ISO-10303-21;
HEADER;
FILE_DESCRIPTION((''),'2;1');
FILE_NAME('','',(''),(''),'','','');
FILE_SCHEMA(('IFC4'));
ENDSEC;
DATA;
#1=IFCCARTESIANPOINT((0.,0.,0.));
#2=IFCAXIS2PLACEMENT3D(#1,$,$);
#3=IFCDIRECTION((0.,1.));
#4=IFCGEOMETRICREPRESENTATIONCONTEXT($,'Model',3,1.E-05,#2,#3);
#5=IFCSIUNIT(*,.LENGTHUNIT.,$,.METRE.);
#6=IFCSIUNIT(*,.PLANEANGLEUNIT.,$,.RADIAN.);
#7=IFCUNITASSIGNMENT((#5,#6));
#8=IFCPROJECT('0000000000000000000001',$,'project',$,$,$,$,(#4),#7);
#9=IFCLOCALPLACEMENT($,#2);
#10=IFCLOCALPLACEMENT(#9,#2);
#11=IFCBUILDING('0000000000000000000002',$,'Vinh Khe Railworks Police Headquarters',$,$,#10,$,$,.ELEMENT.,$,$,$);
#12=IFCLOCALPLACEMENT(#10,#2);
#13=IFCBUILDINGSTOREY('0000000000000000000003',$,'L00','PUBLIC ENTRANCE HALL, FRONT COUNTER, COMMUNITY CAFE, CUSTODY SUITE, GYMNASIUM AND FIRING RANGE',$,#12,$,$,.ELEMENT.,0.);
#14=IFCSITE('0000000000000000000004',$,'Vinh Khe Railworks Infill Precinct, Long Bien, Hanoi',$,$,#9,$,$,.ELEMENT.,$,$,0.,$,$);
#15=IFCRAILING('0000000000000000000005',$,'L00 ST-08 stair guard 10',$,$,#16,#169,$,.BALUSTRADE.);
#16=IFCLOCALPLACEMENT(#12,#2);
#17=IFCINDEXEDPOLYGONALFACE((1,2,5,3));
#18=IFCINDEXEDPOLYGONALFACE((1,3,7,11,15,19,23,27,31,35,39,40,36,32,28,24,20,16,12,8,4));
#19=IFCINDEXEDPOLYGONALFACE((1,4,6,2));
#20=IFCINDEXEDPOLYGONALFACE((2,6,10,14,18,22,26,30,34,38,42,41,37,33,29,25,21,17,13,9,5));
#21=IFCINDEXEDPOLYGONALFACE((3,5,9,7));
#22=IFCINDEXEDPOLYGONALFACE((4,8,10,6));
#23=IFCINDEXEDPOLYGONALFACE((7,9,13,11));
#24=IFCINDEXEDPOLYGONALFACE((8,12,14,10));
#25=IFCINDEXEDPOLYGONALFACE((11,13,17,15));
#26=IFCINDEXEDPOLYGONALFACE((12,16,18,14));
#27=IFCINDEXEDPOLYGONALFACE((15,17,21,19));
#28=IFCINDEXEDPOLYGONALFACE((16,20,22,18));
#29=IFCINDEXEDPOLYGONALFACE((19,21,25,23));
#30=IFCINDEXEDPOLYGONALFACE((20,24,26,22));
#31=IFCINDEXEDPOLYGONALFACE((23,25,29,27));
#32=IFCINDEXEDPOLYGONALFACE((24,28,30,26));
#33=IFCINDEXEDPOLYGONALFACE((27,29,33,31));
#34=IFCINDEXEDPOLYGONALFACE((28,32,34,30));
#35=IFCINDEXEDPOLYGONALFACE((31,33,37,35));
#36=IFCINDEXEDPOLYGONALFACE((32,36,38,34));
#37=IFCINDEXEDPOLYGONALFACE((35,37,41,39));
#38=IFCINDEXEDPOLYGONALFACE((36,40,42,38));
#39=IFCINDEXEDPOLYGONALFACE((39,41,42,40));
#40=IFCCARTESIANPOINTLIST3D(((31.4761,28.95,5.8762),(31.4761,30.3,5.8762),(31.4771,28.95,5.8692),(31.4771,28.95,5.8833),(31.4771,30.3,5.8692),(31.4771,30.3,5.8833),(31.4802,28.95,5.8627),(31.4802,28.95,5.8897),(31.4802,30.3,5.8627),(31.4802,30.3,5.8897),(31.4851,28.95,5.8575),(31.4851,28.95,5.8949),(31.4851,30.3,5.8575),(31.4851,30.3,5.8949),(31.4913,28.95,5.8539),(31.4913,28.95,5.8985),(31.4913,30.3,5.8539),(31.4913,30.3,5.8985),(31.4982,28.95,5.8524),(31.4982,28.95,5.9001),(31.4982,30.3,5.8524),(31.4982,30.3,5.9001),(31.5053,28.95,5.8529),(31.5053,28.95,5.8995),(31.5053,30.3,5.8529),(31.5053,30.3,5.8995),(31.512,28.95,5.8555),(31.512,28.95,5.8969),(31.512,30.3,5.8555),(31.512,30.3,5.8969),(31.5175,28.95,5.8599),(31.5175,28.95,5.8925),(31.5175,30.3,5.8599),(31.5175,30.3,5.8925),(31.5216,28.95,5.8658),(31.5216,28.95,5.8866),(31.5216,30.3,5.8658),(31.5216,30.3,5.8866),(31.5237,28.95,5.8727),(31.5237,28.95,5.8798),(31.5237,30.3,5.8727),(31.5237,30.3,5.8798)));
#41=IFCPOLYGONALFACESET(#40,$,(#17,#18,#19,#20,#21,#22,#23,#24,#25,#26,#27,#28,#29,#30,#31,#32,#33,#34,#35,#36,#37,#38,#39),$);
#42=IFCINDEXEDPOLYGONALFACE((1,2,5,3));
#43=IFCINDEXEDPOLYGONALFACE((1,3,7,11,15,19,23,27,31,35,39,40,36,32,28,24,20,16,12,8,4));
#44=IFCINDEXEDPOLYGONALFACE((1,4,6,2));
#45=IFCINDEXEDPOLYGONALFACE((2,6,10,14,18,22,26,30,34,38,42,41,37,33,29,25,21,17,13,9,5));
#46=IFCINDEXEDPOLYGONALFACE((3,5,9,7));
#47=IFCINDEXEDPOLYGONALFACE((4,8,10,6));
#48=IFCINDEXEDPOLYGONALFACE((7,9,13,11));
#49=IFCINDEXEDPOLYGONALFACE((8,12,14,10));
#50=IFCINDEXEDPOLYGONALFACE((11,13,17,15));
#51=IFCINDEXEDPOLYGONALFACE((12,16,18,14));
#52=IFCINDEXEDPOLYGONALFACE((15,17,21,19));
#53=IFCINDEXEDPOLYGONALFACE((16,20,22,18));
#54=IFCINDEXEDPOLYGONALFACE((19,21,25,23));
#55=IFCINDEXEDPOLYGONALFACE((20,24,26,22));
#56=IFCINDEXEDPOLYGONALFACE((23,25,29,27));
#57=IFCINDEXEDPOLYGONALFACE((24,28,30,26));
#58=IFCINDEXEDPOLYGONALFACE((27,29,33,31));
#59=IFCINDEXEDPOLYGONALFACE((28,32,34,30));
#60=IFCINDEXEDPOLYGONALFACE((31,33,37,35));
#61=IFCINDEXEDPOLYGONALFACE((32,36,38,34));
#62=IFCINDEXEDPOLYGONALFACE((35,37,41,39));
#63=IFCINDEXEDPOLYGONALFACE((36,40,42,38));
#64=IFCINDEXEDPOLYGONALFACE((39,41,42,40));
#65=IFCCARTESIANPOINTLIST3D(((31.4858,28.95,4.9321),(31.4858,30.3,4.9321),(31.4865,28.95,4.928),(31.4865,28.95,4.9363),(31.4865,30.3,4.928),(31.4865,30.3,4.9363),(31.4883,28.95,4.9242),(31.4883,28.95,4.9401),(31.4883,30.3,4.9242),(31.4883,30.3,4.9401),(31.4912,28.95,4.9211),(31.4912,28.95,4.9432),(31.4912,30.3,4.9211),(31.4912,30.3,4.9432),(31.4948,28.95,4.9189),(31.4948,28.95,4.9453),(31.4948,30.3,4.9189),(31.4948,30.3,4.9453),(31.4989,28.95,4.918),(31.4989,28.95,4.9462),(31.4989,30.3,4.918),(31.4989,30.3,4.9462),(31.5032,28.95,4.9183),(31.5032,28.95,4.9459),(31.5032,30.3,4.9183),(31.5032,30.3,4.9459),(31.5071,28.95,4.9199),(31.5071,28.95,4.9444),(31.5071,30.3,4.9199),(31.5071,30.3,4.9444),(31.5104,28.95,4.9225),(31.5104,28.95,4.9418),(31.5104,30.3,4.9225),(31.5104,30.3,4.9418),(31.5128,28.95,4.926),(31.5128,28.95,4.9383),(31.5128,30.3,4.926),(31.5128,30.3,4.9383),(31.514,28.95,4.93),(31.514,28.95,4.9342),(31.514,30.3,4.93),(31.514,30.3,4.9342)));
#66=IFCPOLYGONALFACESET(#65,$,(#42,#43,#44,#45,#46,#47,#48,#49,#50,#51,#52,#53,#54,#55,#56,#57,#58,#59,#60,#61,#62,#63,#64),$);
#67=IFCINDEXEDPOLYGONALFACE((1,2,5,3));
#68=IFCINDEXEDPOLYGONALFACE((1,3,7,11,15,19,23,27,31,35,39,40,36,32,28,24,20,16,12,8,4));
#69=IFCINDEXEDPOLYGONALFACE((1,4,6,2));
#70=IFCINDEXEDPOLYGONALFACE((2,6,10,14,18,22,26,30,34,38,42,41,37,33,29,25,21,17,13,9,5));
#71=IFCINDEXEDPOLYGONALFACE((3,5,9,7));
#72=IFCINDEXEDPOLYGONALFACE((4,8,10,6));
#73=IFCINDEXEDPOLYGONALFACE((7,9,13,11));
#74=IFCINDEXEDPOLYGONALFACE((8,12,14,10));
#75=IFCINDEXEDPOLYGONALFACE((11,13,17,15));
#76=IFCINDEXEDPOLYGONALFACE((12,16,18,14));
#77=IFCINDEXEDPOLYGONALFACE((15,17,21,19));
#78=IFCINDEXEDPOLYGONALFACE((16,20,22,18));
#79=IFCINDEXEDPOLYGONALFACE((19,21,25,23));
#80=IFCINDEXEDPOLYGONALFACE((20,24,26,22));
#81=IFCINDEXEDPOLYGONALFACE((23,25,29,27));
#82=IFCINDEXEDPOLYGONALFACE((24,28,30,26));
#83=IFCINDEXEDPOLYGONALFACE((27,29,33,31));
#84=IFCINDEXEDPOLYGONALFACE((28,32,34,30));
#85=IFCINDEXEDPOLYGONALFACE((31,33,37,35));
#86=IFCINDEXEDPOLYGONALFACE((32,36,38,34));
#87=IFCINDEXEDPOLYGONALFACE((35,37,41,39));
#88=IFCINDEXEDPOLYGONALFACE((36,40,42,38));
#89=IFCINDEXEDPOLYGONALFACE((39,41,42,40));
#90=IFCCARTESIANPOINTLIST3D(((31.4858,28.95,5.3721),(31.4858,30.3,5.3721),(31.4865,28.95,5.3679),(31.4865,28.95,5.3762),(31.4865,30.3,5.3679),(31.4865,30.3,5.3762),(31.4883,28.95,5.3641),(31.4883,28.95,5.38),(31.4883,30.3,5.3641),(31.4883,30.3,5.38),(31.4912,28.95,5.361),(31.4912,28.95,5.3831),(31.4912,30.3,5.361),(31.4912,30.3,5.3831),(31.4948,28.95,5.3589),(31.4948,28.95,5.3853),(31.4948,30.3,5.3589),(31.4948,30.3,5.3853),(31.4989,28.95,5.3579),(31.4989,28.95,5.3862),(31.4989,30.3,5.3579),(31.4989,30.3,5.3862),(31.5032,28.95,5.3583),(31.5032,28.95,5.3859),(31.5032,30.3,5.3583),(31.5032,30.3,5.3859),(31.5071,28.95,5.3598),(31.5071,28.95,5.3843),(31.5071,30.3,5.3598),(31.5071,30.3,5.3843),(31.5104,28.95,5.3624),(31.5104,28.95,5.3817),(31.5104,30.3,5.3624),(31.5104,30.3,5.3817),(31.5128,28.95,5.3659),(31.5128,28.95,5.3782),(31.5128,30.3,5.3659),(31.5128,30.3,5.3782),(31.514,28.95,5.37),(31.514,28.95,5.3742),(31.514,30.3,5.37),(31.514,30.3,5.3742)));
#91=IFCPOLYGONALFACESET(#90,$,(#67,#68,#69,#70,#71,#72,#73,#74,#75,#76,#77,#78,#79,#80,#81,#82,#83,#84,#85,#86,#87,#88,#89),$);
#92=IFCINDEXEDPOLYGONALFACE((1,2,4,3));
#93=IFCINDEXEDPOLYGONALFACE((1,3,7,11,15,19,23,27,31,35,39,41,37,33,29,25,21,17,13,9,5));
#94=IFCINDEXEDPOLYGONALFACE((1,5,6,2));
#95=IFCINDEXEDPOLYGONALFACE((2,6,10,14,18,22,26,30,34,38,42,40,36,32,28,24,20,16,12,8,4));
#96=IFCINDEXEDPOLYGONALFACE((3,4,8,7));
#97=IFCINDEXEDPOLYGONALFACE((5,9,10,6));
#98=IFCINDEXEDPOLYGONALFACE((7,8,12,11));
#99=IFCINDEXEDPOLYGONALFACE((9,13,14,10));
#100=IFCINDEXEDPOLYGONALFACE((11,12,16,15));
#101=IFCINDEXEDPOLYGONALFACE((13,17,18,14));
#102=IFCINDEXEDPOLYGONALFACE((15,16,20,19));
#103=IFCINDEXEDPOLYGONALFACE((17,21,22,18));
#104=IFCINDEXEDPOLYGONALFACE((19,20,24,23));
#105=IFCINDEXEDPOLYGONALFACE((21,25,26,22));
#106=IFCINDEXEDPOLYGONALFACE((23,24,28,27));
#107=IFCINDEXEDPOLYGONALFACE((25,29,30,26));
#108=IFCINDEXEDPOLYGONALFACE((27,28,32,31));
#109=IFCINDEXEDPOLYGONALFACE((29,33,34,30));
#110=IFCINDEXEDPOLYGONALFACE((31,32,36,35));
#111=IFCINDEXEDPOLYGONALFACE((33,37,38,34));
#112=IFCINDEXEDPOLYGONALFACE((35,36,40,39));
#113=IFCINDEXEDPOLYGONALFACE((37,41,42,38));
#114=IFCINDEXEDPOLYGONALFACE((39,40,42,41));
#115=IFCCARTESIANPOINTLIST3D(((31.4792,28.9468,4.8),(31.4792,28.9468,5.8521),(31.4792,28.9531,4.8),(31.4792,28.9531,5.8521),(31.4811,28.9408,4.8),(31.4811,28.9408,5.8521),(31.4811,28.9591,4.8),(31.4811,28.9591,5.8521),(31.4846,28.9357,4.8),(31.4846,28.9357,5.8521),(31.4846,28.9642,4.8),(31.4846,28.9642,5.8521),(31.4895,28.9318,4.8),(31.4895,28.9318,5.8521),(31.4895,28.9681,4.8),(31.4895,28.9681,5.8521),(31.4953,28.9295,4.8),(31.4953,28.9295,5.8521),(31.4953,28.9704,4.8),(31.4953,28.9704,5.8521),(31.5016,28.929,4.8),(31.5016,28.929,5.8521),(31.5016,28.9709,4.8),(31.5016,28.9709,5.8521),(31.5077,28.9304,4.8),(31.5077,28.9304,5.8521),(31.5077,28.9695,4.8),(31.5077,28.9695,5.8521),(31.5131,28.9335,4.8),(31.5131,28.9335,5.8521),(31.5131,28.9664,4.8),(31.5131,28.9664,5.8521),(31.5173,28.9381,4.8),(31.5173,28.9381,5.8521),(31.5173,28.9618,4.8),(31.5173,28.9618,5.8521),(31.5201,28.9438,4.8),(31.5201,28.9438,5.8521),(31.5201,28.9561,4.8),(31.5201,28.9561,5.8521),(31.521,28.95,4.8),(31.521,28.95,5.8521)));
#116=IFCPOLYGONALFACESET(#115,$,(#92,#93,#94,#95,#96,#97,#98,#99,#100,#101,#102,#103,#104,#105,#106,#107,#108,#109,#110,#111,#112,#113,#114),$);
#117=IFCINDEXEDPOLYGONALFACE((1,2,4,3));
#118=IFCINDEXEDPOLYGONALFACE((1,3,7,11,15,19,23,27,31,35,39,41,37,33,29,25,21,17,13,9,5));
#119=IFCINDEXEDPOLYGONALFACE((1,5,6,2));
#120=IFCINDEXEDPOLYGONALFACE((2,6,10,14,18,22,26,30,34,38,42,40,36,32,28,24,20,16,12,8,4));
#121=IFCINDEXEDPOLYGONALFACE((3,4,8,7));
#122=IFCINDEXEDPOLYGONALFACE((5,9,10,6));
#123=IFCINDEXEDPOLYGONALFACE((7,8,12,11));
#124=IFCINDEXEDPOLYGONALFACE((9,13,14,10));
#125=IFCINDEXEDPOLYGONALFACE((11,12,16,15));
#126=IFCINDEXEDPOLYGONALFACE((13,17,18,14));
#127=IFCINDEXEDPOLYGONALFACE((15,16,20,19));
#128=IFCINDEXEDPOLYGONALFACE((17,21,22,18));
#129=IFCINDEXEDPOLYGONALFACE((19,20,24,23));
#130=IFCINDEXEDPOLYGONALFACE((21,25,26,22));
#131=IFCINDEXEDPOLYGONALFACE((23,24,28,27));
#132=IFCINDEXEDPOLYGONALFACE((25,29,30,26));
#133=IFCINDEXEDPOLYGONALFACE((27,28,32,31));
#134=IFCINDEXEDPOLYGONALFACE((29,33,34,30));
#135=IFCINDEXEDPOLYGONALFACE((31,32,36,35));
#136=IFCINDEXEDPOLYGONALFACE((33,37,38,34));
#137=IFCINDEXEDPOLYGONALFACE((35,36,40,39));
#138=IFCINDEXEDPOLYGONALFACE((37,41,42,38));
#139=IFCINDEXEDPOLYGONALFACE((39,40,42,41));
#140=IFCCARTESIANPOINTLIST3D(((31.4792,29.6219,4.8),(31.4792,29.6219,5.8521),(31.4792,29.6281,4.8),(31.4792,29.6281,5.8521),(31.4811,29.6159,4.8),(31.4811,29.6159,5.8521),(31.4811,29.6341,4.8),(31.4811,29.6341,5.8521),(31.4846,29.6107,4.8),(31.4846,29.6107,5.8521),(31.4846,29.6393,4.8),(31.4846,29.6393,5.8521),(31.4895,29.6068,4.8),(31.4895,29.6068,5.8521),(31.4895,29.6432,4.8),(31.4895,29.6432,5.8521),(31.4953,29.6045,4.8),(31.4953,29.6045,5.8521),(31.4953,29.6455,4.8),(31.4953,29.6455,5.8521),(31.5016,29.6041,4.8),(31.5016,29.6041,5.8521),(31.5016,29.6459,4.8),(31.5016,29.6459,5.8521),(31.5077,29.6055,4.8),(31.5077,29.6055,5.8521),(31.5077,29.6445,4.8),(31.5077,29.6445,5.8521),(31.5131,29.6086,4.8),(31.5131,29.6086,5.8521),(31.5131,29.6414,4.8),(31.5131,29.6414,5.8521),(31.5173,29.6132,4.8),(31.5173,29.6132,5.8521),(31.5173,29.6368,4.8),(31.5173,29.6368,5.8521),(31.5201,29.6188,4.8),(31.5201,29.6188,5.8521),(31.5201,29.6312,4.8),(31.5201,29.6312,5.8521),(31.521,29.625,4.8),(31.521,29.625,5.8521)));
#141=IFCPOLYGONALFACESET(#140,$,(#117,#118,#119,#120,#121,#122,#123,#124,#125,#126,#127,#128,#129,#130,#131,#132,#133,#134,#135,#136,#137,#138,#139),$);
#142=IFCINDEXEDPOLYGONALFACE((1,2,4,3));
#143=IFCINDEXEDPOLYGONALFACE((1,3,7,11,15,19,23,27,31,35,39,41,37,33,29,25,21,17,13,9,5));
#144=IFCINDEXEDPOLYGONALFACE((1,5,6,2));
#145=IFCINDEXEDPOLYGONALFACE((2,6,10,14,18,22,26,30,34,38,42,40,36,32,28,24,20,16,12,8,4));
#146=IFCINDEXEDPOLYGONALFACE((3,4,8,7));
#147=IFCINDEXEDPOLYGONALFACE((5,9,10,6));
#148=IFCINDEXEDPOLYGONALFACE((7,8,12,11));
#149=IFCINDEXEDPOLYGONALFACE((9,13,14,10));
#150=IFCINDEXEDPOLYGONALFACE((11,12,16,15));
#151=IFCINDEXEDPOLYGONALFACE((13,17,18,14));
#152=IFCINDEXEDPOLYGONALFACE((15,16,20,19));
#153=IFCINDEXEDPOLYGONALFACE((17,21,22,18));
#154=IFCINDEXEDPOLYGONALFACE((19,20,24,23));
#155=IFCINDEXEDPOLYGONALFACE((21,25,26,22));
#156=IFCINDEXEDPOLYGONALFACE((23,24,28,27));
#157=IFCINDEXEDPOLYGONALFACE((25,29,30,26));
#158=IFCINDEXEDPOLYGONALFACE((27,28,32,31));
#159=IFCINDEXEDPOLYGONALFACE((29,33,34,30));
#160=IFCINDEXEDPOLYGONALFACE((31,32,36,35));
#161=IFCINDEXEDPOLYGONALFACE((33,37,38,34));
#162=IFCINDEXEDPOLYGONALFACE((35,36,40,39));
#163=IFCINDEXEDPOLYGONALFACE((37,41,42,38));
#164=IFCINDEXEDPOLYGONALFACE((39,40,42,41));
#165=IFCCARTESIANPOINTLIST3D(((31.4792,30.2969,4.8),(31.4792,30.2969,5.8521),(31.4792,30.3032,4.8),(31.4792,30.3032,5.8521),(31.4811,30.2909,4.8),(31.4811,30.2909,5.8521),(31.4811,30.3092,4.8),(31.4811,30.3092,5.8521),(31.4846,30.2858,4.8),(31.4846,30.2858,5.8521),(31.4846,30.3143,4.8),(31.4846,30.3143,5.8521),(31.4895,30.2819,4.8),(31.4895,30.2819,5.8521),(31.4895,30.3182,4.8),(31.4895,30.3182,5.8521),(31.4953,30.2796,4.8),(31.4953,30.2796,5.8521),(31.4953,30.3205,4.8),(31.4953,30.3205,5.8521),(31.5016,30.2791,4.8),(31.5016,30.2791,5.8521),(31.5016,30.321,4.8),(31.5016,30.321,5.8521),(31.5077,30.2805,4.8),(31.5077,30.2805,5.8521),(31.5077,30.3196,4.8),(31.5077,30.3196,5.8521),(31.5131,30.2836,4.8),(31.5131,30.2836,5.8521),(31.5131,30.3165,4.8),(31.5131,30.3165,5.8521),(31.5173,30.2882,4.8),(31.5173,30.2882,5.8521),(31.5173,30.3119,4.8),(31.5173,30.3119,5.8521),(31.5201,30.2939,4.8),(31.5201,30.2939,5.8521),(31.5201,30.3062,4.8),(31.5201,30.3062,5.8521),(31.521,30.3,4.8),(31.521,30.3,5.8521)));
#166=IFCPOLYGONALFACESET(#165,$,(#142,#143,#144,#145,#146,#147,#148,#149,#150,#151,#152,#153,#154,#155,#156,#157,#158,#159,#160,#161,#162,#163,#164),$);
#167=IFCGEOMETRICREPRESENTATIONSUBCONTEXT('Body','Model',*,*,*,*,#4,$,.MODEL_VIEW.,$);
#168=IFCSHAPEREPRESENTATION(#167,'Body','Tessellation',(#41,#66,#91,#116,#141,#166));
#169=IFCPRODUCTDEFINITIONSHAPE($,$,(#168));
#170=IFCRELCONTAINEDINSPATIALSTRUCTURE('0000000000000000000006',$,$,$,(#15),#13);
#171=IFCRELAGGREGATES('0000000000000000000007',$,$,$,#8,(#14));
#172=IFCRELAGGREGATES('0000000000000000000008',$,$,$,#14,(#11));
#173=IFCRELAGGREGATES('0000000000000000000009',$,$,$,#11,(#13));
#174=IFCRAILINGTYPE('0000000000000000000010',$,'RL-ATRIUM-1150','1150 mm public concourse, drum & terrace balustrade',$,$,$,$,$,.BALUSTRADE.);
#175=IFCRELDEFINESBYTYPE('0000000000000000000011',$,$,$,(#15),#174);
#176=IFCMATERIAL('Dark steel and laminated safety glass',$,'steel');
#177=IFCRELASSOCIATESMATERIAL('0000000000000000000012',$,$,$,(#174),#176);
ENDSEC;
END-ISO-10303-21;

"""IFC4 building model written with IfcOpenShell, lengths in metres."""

from ifc_helpers import new_model, si_unit, direction, frame, origin, origin_2d, place, context, subcontext, project, spatial, circle, extrude, material, type_object, element, save


model = new_model("IFC4")

# Units and contexts
model_context = context("Model", 3, precision=1e-05, world=origin(), true_north=direction((0.0, 1.0)))
body_context = subcontext(model_context, "Body", "Model", "MODEL_VIEW")
ifc_project = project(units=[si_unit("LENGTHUNIT", "METRE"), si_unit("PLANEANGLEUNIT", "RADIAN")], contexts=[model_context])

# Site, building, storey
site_placement = place(None, origin())
site = spatial("IfcSite", under=ifc_project, at=site_placement, Name="Vinh Khe Railworks Infill Precinct, Long Bien, Hanoi", CompositionType="ELEMENT", RefElevation=0.0)
building_placement = place(site_placement, origin())
building = spatial("IfcBuilding", under=site, at=building_placement, Name="Vinh Khe Railworks Police Headquarters", CompositionType="ELEMENT")
storey_placement = place(building_placement, origin())
storey = spatial("IfcBuildingStorey", under=building, at=storey_placement, Name="L00", Description="PUBLIC ENTRANCE HALL, FRONT COUNTER, COMMUNITY CAFE, CUSTODY SUITE, GYMNASIUM AND FIRING RANGE", CompositionType="ELEMENT", Elevation=0.0)

# Railing
ifc_material_1 = material(Name="Dark steel and laminated safety glass", Category="steel")
railing_type = type_object("IfcRailingType", Name="RL-ATRIUM-1150", Description="1150 mm public concourse, drum & terrace balustrade", PredefinedType="BALUSTRADE", material=ifc_material_1)
for number, where, name in (
    (1, (31.5, 28.95, 4.8), "L00 ST-08 stair guard 10"),
):
    element("IfcRailing", number, at=place(storey_placement, frame(where)), inside=storey, type_object=railing_type, Name=name, PredefinedType="BALUSTRADE", context=body_context, shape_type="SweptSolid", body=[
        extrude(circle(Radius=0.0239, at=origin_2d()), frame((0.0, 0.0, 1.0762), z_axis=(0.0, 1.0, 0.0), x_axis=(-1.0, 0.0, 0.0)), (0.0, 0.0, 1.0), 1.3501),
        extrude(circle(Radius=0.0142, at=origin_2d()), frame((0.0, 0.0, 0.1321), z_axis=(0.0, 1.0, 0.0), x_axis=(-1.0, 0.0, 0.0)), (0.0, 0.0, 1.0), 1.3501),
        extrude(circle(Radius=0.0142, at=origin_2d()), frame((0.0, 0.0, 0.572), z_axis=(0.0, 1.0, 0.0), x_axis=(-1.0, 0.0, 0.0)), (0.0, 0.0, 1.0), 1.3501),
        extrude(circle(Radius=0.021, at=origin_2d()), origin(), (0.0, 0.0, 1.0), 1.052),
        extrude(circle(Radius=0.021, at=origin_2d()), frame((0.0, 0.675, 0.0)), (0.0, 0.0, 1.0), 1.052),
        extrude(circle(Radius=0.021, at=origin_2d()), frame((0.0, 1.3501, 0.0)), (0.0, 0.0, 1.0), 1.052),
    ])

save(model, "model.ifc")
